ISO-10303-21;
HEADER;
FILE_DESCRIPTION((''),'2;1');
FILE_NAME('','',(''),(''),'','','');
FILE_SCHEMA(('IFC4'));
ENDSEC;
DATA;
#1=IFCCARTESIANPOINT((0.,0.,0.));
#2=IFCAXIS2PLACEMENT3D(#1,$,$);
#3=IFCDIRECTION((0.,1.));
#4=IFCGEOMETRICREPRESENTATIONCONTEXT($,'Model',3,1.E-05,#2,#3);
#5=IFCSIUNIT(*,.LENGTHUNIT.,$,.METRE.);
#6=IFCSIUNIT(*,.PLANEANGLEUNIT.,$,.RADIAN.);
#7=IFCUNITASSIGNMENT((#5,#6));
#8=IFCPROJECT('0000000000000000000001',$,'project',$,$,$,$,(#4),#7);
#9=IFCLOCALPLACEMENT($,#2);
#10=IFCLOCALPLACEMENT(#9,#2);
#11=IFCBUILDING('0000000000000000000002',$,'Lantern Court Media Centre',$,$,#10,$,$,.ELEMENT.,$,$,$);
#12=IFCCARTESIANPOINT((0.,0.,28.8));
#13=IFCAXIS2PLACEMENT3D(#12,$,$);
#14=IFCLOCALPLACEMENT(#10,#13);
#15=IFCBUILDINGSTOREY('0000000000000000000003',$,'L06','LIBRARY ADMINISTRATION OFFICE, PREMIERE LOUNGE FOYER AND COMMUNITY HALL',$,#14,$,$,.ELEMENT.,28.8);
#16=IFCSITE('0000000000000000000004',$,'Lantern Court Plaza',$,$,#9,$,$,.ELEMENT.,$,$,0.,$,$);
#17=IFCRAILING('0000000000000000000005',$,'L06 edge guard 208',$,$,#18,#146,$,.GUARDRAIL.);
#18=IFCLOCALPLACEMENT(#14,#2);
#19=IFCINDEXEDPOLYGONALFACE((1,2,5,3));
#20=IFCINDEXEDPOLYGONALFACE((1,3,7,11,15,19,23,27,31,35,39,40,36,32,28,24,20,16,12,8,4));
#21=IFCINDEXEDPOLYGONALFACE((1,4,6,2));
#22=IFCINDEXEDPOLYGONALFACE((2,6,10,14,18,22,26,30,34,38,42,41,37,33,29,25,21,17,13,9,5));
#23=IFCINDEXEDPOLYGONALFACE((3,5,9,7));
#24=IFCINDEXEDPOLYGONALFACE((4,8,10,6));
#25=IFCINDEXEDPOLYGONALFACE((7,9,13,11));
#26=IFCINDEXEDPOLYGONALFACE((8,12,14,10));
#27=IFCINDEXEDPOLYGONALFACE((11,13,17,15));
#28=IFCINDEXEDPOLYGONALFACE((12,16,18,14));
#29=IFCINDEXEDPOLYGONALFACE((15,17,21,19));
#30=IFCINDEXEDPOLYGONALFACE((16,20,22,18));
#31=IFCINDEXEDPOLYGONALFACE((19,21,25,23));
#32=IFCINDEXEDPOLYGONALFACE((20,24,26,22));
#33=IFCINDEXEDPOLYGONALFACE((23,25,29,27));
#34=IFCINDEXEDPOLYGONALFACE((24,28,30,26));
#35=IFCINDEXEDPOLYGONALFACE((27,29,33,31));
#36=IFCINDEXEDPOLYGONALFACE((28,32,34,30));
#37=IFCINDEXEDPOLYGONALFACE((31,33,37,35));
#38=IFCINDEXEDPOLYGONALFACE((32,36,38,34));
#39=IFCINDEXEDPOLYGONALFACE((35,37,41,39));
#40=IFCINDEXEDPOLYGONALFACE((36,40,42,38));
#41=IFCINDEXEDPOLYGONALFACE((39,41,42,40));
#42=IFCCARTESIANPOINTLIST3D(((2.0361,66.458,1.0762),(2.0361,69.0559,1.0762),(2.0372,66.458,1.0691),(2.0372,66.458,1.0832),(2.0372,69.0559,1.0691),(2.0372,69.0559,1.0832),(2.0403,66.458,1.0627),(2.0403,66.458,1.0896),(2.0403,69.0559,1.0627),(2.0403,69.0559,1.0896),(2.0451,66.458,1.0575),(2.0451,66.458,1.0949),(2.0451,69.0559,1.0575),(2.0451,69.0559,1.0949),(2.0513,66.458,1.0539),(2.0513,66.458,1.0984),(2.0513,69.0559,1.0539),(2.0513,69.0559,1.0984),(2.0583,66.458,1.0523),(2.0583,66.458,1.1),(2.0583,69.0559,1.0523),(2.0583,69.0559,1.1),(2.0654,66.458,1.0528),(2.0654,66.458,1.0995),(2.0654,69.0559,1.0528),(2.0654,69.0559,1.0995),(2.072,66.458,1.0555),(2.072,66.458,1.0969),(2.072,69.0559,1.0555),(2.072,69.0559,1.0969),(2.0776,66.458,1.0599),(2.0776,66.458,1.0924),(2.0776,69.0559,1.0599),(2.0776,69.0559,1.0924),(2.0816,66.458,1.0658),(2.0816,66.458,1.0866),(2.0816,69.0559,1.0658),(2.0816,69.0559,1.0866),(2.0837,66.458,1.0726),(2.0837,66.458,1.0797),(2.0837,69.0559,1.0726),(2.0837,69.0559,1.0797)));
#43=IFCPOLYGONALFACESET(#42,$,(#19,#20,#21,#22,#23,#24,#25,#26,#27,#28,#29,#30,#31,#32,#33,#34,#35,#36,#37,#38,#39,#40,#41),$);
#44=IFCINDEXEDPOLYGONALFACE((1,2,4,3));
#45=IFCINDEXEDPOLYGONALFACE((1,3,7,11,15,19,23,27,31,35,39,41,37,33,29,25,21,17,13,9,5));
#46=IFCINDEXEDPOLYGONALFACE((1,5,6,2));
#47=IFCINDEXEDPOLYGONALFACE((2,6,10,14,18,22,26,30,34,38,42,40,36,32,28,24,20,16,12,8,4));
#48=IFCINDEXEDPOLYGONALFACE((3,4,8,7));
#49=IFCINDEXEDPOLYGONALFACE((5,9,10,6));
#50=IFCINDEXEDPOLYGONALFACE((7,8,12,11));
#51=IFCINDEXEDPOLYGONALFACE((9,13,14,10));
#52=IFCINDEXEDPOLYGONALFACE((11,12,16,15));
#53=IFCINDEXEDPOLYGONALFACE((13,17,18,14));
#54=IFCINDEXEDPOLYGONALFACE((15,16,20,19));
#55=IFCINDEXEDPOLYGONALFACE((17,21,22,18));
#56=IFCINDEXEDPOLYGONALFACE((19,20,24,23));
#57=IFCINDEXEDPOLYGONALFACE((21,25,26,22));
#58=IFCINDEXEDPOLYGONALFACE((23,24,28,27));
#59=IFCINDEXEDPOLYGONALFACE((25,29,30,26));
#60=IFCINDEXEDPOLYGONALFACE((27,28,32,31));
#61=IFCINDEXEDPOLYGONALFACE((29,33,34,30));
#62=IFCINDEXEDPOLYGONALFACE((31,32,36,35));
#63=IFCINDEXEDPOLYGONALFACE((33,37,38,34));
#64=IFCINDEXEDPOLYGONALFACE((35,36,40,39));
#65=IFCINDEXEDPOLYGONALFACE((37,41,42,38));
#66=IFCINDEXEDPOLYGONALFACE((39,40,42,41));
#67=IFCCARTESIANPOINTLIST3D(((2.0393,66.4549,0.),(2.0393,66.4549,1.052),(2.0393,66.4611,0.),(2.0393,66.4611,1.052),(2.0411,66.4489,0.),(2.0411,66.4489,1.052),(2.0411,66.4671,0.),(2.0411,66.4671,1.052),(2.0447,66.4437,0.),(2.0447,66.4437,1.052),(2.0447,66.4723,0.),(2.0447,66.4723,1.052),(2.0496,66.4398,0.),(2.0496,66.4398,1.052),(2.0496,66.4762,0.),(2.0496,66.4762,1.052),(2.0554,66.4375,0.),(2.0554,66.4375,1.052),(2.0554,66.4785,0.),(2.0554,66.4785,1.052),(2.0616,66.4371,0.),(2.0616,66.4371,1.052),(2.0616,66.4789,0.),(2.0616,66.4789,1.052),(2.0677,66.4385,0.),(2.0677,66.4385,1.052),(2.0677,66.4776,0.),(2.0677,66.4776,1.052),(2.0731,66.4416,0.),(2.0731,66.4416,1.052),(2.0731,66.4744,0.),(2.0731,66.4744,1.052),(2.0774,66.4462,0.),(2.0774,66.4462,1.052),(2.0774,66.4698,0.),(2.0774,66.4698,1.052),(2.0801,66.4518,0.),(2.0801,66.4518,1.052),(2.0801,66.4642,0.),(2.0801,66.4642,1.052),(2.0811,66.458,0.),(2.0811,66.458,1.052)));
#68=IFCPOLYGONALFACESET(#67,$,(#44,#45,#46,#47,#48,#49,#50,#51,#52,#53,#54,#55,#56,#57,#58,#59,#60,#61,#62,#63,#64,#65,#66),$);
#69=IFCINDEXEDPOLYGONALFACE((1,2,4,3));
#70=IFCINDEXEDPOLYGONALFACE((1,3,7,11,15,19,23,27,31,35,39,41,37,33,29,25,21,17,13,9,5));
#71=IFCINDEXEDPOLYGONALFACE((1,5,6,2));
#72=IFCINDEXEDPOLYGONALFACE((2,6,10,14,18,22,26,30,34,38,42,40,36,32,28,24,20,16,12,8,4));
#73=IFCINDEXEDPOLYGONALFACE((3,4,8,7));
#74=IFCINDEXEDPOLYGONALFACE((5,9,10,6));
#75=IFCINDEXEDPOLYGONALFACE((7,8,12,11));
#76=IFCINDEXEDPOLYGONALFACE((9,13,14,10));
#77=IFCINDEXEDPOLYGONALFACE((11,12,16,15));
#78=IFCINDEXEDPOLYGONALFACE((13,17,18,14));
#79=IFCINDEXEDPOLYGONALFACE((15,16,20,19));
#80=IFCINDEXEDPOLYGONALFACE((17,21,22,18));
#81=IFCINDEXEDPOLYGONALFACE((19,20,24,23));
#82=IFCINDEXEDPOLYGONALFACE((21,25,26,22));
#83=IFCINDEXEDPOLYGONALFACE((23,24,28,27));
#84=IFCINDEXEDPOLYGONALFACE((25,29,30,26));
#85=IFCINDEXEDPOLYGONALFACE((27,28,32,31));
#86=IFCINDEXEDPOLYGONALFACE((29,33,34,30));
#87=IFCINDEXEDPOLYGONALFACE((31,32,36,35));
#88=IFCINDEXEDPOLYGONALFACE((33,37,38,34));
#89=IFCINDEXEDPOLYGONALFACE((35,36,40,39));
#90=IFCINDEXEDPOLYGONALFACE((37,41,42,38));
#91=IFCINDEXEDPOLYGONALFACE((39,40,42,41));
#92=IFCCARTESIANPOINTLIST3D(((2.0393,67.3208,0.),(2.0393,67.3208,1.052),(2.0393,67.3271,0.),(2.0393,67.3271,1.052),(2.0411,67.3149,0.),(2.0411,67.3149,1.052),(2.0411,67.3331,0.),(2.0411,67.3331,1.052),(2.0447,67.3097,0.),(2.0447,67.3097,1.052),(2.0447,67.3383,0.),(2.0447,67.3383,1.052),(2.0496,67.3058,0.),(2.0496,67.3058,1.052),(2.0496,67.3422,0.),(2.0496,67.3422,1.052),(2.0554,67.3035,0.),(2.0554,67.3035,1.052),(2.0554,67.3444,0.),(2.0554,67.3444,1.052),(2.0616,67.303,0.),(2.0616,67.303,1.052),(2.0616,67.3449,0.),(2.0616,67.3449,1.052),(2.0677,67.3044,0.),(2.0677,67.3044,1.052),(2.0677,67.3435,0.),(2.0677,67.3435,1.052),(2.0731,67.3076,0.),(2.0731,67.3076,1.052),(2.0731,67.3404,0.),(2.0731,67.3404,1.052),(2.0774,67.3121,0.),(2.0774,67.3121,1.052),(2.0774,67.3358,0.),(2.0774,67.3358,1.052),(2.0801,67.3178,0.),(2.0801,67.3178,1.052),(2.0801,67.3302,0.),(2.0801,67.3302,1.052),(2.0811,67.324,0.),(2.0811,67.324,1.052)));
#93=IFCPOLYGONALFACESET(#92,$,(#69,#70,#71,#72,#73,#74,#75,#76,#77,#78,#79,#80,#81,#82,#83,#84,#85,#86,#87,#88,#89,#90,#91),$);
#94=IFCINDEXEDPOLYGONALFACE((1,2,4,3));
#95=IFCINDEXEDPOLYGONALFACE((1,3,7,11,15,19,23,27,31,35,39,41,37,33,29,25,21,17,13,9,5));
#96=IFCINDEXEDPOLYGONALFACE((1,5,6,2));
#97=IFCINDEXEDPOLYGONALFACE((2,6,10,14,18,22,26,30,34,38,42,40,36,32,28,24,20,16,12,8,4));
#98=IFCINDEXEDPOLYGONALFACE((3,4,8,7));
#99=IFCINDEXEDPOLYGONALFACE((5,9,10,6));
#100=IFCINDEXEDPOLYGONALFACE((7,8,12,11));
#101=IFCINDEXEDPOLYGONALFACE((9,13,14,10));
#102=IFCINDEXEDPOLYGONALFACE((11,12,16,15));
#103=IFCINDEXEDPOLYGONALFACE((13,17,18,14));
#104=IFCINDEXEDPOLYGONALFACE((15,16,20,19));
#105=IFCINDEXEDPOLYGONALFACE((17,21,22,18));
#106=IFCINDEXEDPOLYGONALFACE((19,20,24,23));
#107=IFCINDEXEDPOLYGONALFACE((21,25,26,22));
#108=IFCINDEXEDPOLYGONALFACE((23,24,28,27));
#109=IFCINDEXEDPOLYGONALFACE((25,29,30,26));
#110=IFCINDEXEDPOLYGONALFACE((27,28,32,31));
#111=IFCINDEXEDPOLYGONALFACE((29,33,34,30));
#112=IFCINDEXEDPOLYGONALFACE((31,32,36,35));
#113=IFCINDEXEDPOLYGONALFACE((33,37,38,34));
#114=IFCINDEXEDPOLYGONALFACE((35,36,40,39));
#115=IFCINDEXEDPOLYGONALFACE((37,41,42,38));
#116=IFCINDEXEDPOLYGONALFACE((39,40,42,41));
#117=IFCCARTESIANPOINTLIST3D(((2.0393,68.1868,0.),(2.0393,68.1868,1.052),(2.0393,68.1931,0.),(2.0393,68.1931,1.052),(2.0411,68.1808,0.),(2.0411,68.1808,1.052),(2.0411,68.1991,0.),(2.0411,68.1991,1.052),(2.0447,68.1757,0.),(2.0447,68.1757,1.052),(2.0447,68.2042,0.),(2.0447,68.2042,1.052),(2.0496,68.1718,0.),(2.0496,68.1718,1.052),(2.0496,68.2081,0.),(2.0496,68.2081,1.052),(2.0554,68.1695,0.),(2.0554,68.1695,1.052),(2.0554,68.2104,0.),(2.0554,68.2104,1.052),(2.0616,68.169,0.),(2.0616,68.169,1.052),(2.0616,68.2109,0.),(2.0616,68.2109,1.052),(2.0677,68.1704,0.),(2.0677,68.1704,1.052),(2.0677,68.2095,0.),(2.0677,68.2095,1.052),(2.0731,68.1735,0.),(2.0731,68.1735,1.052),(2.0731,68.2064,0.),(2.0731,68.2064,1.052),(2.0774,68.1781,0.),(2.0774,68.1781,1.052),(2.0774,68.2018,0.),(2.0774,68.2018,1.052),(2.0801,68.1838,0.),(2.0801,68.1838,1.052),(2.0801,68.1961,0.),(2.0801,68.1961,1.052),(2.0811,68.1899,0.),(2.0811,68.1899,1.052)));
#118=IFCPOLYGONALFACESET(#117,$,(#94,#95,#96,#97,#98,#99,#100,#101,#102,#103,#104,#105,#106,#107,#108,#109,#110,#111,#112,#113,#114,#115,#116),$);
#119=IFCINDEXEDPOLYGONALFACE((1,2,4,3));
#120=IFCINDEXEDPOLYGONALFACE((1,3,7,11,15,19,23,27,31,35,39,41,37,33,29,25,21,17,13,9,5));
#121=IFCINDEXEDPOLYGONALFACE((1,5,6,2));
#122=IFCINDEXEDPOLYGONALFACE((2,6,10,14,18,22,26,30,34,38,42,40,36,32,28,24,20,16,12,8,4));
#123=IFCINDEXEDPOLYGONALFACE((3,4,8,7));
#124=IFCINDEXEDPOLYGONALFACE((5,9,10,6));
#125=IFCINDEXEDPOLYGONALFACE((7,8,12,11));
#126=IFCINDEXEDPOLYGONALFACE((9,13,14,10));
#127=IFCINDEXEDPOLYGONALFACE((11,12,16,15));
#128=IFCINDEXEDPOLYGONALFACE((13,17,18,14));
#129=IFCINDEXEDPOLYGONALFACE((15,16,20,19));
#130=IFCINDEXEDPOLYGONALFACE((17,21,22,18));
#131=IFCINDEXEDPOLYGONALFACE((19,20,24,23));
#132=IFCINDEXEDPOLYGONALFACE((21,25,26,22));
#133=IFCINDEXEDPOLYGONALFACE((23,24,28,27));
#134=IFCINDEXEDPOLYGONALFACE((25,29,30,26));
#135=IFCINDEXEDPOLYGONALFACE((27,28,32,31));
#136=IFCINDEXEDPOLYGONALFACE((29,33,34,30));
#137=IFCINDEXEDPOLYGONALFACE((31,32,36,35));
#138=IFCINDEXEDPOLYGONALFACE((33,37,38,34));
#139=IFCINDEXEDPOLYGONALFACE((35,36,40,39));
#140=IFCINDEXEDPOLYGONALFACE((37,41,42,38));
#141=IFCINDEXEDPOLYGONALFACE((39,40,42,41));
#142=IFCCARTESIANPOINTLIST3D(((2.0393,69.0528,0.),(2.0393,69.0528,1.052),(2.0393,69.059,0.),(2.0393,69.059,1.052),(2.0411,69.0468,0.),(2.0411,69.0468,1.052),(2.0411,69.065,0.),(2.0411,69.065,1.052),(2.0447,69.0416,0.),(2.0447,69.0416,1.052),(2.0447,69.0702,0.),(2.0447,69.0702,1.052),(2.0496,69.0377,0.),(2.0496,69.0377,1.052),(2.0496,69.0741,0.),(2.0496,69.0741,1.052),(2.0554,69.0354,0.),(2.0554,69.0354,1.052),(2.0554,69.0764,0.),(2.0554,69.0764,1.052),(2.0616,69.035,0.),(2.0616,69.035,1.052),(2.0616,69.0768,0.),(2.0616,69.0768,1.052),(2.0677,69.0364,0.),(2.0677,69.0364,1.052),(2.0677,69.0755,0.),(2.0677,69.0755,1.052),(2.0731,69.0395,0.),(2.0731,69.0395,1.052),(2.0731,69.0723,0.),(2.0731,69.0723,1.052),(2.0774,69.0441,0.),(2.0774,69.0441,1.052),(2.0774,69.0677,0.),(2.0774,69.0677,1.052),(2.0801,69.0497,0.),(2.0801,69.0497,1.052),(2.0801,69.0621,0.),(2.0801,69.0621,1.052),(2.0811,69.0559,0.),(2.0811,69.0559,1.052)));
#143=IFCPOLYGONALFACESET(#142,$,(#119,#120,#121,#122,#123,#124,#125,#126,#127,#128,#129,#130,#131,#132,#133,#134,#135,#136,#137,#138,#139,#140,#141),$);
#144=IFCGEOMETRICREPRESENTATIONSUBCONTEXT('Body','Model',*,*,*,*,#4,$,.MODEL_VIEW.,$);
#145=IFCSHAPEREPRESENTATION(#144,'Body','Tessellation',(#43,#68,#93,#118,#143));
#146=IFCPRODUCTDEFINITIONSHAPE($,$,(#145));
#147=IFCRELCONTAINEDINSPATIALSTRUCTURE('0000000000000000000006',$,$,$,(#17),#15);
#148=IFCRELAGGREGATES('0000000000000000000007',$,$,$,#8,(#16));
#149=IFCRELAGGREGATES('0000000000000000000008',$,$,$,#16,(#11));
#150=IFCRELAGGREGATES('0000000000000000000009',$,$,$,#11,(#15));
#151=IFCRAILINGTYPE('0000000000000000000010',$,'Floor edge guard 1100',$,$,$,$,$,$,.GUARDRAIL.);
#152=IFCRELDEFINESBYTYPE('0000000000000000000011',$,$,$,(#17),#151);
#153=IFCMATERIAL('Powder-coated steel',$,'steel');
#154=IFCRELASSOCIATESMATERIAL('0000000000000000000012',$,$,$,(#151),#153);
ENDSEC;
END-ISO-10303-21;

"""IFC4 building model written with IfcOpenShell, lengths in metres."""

from ifc_helpers import new_model, si_unit, direction, frame, origin, origin_2d, place, context, subcontext, project, spatial, circle, extrude, material, type_object, element, save


model = new_model("IFC4")

# Units and contexts
model_context = context("Model", 3, precision=1e-05, world=origin(), true_north=direction((0.0, 1.0)))
body_context = subcontext(model_context, "Body", "Model", "MODEL_VIEW")
ifc_project = project(units=[si_unit("LENGTHUNIT", "METRE"), si_unit("PLANEANGLEUNIT", "RADIAN")], contexts=[model_context])

# Site, building, storey
site_placement = place(None, origin())
site = spatial("IfcSite", under=ifc_project, at=site_placement, Name="Lantern Court Plaza", CompositionType="ELEMENT", RefElevation=0.0)
building_placement = place(site_placement, origin())
building = spatial("IfcBuilding", under=site, at=building_placement, Name="Lantern Court Media Centre", CompositionType="ELEMENT")
storey_placement = place(building_placement, frame((0.0, 0.0, 28.8)))
storey = spatial("IfcBuildingStorey", under=building, at=storey_placement, Name="L06", Description="LIBRARY ADMINISTRATION OFFICE, PREMIERE LOUNGE FOYER AND COMMUNITY HALL", CompositionType="ELEMENT", Elevation=28.8)

# Railing
ifc_material_1 = material(Name="Powder-coated steel", Category="steel")
railing_type = type_object("IfcRailingType", Name="Floor edge guard 1100", PredefinedType="GUARDRAIL", material=ifc_material_1)
railing_1_placement = place(storey_placement, frame((2.0601, 66.458, 0.0)))
element("IfcRailing", 1, at=railing_1_placement, inside=storey, type_object=railing_type, Name="L06 edge guard 208", PredefinedType="GUARDRAIL", context=body_context, shape_type="SweptSolid", body=[
    extrude(circle(Radius=0.0239, at=origin_2d()), frame((0.0, 0.0, 1.0762), z_axis=(0.0, 1.0, 0.0), x_axis=(-1.0, 0.0, 0.0)), (0.0, 0.0, 1.0), 2.5979),
    extrude(circle(Radius=0.021, at=origin_2d()), origin(), (0.0, 0.0, 1.0), 1.052),
    extrude(circle(Radius=0.021, at=origin_2d()), frame((0.0, 0.866, 0.0)), (0.0, 0.0, 1.0), 1.052),
    extrude(circle(Radius=0.021, at=origin_2d()), frame((0.0, 1.7319, 0.0)), (0.0, 0.0, 1.0), 1.052),
    extrude(circle(Radius=0.021, at=origin_2d()), frame((0.0, 2.5979, 0.0)), (0.0, 0.0, 1.0), 1.052),
])

save(model, "model.ifc")
